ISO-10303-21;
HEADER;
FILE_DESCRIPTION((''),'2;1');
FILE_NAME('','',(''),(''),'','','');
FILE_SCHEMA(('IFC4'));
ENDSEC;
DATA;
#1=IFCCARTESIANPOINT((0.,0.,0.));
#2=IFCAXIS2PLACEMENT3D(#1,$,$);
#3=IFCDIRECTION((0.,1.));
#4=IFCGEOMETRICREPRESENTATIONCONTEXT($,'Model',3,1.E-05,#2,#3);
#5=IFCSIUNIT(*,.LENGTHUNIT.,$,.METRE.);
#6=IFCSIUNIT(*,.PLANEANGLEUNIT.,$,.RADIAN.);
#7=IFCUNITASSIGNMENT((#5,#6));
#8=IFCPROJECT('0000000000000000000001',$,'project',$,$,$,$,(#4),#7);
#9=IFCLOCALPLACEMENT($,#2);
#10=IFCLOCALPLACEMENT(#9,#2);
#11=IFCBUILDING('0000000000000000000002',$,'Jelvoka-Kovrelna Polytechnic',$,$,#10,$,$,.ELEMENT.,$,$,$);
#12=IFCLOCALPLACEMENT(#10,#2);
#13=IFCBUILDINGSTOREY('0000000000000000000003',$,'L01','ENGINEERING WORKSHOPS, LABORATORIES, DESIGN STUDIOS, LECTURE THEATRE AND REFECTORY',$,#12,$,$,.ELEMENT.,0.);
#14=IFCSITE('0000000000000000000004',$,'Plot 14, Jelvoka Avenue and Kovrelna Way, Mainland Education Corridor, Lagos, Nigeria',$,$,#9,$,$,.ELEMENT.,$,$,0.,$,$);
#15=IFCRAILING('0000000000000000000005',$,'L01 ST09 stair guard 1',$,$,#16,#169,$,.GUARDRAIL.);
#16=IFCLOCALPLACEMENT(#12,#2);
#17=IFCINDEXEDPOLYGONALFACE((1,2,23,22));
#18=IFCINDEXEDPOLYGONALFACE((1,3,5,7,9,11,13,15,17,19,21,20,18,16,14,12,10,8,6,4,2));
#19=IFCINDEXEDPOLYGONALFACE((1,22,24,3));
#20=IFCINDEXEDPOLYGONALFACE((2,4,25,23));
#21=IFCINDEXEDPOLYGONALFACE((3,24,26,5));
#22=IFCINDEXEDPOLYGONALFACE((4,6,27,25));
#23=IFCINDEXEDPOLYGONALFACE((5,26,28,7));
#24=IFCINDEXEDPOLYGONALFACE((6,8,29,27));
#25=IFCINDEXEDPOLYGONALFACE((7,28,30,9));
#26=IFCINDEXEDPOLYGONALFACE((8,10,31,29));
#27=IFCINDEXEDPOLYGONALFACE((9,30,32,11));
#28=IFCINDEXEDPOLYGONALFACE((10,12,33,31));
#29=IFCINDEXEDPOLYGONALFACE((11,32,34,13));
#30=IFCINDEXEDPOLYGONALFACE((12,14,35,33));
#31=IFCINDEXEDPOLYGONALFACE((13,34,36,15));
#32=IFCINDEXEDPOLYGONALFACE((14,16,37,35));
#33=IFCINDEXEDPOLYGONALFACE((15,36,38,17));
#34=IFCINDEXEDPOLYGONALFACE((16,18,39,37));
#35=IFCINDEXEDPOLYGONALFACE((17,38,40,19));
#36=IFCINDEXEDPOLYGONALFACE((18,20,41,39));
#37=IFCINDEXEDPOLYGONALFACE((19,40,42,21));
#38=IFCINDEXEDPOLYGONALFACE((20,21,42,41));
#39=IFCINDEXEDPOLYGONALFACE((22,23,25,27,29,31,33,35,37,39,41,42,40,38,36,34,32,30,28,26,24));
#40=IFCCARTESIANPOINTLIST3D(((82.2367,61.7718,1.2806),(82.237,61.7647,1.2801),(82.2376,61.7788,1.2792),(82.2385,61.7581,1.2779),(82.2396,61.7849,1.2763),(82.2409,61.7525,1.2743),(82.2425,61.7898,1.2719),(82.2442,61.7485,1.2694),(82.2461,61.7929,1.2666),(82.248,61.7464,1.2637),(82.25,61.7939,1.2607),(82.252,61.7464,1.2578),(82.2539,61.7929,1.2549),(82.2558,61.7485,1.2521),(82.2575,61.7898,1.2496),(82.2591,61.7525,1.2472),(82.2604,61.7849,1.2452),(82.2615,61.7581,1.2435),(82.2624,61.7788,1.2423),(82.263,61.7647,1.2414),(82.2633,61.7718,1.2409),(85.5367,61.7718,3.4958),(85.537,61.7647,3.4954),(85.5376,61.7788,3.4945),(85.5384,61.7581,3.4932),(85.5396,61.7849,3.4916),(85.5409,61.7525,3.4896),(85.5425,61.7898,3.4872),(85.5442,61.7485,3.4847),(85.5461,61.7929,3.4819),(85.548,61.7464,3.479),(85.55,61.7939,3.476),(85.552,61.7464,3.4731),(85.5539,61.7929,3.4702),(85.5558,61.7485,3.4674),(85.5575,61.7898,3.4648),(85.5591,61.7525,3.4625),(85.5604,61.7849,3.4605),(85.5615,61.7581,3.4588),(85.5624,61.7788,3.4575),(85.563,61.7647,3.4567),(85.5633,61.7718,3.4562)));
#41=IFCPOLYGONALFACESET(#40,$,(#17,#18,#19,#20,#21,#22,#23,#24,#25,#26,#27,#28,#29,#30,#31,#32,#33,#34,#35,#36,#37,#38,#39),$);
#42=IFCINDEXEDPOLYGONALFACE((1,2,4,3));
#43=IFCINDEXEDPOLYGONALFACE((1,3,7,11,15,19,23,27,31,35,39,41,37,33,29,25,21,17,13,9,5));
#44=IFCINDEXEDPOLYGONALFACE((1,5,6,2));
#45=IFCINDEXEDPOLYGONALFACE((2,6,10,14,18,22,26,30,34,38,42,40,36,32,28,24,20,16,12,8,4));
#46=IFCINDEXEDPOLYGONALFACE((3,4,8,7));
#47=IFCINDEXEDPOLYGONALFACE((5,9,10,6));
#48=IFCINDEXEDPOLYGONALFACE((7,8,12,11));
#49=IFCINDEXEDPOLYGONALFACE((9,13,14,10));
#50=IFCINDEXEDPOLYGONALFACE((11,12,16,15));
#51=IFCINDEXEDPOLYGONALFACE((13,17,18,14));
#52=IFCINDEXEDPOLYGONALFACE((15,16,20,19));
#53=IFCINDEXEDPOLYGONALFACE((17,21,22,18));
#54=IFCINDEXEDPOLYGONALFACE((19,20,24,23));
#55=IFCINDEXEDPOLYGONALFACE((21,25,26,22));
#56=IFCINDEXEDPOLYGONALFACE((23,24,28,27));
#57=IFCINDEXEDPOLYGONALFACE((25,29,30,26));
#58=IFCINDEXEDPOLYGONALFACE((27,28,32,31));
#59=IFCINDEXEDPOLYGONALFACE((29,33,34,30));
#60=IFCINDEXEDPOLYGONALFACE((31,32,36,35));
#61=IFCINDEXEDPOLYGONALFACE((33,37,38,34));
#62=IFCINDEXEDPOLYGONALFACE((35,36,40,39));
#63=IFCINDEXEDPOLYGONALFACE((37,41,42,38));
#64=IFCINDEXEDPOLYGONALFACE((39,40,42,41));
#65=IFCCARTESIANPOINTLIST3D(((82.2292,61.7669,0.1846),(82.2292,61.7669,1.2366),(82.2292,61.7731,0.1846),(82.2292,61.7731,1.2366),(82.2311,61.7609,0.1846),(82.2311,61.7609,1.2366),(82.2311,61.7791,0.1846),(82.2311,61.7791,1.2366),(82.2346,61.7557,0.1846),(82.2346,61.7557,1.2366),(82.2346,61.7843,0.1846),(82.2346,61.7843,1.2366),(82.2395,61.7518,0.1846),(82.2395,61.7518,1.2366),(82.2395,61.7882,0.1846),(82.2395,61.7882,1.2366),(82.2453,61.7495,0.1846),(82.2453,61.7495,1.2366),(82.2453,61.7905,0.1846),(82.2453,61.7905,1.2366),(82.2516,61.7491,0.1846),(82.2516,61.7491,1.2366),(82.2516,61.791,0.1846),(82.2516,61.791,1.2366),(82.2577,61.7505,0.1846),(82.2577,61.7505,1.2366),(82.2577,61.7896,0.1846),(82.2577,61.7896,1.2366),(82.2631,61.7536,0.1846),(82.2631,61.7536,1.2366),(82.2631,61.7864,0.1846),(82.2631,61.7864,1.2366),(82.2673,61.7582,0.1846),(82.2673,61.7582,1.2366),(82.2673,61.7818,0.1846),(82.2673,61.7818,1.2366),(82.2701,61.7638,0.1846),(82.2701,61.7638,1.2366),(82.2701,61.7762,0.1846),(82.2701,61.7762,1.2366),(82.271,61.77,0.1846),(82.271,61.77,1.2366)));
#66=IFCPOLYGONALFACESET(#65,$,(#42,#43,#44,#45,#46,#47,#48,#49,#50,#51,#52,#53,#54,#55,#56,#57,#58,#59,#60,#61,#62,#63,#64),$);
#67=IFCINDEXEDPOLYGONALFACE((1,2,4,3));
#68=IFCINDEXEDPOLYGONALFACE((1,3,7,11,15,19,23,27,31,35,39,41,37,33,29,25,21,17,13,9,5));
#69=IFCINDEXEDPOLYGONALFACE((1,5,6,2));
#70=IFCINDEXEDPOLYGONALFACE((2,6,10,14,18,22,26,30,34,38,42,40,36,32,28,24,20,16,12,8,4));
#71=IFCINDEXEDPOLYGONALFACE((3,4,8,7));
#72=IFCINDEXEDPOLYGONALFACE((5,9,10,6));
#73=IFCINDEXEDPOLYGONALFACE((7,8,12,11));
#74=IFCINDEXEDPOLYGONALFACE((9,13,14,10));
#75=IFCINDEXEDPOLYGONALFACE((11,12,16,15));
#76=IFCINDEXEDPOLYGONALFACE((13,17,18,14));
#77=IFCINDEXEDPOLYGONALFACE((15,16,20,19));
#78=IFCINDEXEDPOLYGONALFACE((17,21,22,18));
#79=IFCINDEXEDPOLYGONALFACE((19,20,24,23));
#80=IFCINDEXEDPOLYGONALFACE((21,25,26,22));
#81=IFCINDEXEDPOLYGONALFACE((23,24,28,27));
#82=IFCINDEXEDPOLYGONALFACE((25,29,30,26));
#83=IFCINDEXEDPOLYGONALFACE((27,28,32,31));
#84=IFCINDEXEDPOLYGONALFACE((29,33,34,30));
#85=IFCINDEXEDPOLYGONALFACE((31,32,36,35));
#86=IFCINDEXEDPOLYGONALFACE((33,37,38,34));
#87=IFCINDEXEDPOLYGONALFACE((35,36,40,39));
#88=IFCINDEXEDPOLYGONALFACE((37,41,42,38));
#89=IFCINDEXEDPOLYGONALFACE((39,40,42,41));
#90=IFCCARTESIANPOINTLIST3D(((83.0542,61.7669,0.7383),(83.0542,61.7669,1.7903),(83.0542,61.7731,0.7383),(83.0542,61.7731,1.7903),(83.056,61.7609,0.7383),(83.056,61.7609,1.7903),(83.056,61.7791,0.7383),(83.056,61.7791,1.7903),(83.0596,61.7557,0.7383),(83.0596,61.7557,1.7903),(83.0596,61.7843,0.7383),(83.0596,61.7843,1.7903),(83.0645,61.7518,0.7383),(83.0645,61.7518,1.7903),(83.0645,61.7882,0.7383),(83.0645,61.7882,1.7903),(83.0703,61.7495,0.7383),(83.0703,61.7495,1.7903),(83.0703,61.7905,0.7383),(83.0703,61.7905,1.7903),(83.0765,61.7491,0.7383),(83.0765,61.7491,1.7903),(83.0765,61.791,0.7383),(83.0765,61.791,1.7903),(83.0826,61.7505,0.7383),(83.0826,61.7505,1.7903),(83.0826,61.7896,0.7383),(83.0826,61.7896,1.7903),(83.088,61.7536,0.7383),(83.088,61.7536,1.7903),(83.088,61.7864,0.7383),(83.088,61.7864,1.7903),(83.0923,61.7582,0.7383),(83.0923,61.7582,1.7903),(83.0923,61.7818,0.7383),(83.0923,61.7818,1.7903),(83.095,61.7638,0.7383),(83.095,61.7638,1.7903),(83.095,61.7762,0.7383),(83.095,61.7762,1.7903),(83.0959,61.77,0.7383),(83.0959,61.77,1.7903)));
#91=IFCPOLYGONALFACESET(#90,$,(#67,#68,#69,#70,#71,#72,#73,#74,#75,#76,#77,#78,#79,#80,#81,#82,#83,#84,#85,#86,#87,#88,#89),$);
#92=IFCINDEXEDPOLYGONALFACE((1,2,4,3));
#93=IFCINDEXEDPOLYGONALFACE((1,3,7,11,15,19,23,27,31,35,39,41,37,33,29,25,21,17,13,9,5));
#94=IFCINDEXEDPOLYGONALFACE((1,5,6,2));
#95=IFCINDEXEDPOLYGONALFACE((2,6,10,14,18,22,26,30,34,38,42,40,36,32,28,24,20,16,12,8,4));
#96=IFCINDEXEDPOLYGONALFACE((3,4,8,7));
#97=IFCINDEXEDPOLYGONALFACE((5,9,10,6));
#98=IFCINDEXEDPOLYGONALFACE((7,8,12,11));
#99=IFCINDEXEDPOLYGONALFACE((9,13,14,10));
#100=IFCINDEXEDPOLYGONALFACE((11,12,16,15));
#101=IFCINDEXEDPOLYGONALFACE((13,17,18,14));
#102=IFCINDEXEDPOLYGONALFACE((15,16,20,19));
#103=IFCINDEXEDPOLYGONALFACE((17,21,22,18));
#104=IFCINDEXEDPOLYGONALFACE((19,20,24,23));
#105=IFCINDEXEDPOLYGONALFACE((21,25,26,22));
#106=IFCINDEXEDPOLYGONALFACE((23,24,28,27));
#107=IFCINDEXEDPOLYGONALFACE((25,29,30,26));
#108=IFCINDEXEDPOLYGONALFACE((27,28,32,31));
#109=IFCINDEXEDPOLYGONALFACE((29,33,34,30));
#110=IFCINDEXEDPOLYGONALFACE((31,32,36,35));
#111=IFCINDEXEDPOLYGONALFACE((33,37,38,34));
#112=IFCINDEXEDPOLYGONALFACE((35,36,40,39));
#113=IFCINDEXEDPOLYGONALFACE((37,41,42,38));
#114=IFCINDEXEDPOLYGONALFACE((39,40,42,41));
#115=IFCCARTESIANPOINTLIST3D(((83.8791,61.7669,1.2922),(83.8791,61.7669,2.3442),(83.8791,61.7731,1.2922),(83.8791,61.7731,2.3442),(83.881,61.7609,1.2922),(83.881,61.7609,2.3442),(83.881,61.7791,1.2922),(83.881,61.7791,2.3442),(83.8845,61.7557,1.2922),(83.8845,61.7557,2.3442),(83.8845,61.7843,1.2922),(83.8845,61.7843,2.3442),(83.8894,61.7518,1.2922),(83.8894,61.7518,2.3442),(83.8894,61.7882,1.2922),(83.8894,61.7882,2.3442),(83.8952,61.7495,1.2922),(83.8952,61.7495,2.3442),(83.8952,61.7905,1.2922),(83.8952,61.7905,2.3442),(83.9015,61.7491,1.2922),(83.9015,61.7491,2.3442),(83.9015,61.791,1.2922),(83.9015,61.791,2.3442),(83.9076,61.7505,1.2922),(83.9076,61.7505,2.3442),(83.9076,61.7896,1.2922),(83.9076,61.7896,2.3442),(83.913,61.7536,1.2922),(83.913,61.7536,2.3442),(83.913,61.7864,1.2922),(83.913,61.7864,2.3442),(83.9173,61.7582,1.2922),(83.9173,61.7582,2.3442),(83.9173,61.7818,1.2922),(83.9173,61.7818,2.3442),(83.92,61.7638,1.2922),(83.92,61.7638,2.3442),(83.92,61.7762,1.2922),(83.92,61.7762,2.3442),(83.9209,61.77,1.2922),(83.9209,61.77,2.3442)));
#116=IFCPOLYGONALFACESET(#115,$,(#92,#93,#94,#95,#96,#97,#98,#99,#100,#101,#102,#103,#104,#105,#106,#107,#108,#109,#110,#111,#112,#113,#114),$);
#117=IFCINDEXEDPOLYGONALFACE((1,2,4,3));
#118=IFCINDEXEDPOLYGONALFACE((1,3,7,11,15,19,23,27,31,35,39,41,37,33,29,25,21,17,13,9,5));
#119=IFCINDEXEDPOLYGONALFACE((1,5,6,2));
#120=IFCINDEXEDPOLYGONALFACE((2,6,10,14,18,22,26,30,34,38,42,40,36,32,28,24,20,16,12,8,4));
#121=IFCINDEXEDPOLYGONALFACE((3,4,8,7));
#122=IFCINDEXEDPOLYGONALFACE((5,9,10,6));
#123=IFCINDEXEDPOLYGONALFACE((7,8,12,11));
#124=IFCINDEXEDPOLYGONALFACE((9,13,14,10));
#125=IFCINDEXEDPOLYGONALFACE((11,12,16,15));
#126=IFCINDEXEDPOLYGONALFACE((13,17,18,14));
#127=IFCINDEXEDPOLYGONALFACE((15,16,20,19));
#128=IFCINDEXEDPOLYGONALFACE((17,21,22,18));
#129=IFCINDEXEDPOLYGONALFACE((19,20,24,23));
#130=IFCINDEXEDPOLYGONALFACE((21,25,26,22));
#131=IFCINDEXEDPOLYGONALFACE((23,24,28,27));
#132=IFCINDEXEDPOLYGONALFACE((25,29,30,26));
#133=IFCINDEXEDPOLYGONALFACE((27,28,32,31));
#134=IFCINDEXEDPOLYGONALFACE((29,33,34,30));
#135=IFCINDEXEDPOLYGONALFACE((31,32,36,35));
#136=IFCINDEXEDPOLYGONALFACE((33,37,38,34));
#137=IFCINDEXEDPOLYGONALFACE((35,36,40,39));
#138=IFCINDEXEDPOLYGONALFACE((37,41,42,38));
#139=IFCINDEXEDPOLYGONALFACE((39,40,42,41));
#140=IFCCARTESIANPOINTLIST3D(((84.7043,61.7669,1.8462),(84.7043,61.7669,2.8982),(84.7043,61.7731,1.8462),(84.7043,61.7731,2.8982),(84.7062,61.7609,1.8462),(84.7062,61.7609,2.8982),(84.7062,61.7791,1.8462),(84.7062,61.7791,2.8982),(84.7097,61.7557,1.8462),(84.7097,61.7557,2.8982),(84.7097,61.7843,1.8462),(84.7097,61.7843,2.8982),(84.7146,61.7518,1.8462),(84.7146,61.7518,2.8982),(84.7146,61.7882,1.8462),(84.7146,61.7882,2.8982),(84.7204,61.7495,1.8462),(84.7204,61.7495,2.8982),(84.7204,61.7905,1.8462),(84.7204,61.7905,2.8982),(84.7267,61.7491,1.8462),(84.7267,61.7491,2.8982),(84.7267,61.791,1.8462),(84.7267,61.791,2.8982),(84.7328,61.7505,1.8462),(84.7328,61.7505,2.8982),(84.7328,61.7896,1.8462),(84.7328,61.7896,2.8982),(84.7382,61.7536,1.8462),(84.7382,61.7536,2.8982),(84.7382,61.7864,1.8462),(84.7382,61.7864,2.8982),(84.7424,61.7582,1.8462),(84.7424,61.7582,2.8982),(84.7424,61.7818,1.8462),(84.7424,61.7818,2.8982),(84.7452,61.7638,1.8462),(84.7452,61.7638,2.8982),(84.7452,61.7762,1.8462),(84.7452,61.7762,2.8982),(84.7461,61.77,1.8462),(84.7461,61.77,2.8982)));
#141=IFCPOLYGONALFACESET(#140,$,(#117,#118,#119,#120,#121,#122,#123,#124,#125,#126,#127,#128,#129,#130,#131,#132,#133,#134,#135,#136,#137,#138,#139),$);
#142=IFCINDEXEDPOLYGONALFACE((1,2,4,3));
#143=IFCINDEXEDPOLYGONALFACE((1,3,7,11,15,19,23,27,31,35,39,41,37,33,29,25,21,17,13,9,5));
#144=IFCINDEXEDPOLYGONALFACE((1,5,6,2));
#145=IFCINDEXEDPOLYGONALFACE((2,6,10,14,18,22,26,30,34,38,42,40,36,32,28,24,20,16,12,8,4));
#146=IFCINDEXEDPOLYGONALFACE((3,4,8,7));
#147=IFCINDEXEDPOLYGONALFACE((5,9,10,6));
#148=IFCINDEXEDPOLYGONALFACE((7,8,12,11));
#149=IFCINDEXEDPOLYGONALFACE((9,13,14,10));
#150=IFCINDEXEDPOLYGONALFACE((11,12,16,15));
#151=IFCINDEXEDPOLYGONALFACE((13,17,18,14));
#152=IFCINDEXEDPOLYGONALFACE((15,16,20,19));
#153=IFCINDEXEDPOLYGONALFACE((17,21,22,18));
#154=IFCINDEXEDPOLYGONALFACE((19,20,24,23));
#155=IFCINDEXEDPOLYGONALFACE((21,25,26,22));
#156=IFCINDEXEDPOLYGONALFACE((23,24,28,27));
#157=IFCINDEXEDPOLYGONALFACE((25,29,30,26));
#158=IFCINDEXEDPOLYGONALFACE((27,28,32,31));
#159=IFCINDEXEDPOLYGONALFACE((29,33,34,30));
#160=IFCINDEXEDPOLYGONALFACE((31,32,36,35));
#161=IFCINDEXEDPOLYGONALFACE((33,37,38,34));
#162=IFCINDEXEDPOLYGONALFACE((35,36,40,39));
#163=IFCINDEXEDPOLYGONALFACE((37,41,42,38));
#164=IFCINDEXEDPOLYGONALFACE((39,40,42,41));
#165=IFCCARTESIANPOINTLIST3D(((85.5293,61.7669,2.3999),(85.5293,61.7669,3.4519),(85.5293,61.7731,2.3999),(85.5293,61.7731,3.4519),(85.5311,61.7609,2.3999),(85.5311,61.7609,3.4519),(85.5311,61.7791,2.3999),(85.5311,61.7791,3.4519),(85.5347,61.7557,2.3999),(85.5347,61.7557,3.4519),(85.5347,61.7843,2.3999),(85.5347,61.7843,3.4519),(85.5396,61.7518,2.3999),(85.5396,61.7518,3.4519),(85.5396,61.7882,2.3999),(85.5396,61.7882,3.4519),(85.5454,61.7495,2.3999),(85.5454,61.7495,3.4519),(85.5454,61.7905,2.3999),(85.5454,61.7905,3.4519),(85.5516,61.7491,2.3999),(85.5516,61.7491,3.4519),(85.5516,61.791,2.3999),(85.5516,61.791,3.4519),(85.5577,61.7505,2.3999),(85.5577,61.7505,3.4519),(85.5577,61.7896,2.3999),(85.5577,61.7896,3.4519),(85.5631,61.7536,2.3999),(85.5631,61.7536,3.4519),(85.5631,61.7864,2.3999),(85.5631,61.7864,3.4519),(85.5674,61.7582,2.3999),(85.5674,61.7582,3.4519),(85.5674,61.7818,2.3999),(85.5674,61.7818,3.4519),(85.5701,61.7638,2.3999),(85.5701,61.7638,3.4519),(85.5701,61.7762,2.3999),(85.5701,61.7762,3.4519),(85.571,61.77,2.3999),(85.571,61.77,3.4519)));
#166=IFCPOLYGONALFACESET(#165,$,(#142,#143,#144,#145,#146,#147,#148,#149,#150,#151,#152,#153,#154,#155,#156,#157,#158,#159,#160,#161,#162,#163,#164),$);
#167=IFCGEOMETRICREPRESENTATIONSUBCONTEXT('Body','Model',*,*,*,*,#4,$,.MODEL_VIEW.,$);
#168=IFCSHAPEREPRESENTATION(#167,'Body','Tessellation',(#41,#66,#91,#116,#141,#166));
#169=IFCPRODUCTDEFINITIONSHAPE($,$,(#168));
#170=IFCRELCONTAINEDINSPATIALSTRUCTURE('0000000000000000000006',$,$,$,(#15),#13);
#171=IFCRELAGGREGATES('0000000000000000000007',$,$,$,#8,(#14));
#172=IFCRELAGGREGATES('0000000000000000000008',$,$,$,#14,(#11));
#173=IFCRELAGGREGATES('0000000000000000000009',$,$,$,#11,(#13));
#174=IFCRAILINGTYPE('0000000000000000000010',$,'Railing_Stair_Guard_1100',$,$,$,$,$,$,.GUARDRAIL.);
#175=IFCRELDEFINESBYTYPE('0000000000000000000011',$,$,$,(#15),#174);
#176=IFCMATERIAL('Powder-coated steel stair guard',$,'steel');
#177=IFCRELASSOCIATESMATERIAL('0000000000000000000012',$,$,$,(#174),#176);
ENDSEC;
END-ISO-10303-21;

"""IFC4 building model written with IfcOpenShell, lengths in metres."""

from ifc_helpers import new_model, si_unit, direction, frame, origin, origin_2d, place, context, subcontext, project, spatial, circle, extrude, material, type_object, element, save


model = new_model("IFC4")

# Units and contexts
model_context = context("Model", 3, precision=1e-05, world=origin(), true_north=direction((0.0, 1.0)))
body_context = subcontext(model_context, "Body", "Model", "MODEL_VIEW")
ifc_project = project(units=[si_unit("LENGTHUNIT", "METRE"), si_unit("PLANEANGLEUNIT", "RADIAN")], contexts=[model_context])

# Site, building, storey
site_placement = place(None, origin())
site = spatial("IfcSite", under=ifc_project, at=site_placement, Name="Plot 14, Jelvoka Avenue and Kovrelna Way, Mainland Education Corridor, Lagos, Nigeria", CompositionType="ELEMENT", RefElevation=0.0)
building_placement = place(site_placement, origin())
building = spatial("IfcBuilding", under=site, at=building_placement, Name="Jelvoka-Kovrelna Polytechnic", CompositionType="ELEMENT")
storey_placement = place(building_placement, origin())
storey = spatial("IfcBuildingStorey", under=building, at=storey_placement, Name="L01", Description="ENGINEERING WORKSHOPS, LABORATORIES, DESIGN STUDIOS, LECTURE THEATRE AND REFECTORY", CompositionType="ELEMENT", Elevation=0.0)

# Railing
ifc_material_1 = material(Name="Powder-coated steel stair guard", Category="steel")
railing_type_1 = type_object("IfcRailingType", Name="Railing_Stair_Guard_1100", PredefinedType="GUARDRAIL", material=ifc_material_1)
railing_1_placement = place(storey_placement, frame((82.25, 61.77, 0.1846)))
element("IfcRailing", 1, at=railing_1_placement, inside=storey, type_object=railing_type_1, Name="L01 ST09 stair guard 1", PredefinedType="GUARDRAIL", context=body_context, shape_type="SweptSolid", body=[
    extrude(circle(Radius=0.0239, at=origin_2d()), frame((0.0, 0.0, 1.0762), z_axis=(0.830269, 0.0, 0.557362), x_axis=(0.0, 1.0, 0.0)), (0.0, 0.0, 1.0), 3.9746),
    extrude(circle(Radius=0.021, at=origin_2d()), origin(), (0.0, 0.0, 1.0), 1.052),
    extrude(circle(Radius=0.021, at=origin_2d()), frame((0.825, 0.0, 0.5537)), (0.0, 0.0, 1.0), 1.052),
    extrude(circle(Radius=0.021, at=origin_2d()), frame((1.6499, 0.0, 1.1077)), (0.0, 0.0, 1.0), 1.052),
    extrude(circle(Radius=0.021, at=origin_2d()), frame((2.4751, 0.0, 1.6616)), (0.0, 0.0, 1.0), 1.052),
    extrude(circle(Radius=0.021, at=origin_2d()), frame((3.3, 0.0, 2.2153)), (0.0, 0.0, 1.0), 1.052),
])

save(model, "model.ifc")
